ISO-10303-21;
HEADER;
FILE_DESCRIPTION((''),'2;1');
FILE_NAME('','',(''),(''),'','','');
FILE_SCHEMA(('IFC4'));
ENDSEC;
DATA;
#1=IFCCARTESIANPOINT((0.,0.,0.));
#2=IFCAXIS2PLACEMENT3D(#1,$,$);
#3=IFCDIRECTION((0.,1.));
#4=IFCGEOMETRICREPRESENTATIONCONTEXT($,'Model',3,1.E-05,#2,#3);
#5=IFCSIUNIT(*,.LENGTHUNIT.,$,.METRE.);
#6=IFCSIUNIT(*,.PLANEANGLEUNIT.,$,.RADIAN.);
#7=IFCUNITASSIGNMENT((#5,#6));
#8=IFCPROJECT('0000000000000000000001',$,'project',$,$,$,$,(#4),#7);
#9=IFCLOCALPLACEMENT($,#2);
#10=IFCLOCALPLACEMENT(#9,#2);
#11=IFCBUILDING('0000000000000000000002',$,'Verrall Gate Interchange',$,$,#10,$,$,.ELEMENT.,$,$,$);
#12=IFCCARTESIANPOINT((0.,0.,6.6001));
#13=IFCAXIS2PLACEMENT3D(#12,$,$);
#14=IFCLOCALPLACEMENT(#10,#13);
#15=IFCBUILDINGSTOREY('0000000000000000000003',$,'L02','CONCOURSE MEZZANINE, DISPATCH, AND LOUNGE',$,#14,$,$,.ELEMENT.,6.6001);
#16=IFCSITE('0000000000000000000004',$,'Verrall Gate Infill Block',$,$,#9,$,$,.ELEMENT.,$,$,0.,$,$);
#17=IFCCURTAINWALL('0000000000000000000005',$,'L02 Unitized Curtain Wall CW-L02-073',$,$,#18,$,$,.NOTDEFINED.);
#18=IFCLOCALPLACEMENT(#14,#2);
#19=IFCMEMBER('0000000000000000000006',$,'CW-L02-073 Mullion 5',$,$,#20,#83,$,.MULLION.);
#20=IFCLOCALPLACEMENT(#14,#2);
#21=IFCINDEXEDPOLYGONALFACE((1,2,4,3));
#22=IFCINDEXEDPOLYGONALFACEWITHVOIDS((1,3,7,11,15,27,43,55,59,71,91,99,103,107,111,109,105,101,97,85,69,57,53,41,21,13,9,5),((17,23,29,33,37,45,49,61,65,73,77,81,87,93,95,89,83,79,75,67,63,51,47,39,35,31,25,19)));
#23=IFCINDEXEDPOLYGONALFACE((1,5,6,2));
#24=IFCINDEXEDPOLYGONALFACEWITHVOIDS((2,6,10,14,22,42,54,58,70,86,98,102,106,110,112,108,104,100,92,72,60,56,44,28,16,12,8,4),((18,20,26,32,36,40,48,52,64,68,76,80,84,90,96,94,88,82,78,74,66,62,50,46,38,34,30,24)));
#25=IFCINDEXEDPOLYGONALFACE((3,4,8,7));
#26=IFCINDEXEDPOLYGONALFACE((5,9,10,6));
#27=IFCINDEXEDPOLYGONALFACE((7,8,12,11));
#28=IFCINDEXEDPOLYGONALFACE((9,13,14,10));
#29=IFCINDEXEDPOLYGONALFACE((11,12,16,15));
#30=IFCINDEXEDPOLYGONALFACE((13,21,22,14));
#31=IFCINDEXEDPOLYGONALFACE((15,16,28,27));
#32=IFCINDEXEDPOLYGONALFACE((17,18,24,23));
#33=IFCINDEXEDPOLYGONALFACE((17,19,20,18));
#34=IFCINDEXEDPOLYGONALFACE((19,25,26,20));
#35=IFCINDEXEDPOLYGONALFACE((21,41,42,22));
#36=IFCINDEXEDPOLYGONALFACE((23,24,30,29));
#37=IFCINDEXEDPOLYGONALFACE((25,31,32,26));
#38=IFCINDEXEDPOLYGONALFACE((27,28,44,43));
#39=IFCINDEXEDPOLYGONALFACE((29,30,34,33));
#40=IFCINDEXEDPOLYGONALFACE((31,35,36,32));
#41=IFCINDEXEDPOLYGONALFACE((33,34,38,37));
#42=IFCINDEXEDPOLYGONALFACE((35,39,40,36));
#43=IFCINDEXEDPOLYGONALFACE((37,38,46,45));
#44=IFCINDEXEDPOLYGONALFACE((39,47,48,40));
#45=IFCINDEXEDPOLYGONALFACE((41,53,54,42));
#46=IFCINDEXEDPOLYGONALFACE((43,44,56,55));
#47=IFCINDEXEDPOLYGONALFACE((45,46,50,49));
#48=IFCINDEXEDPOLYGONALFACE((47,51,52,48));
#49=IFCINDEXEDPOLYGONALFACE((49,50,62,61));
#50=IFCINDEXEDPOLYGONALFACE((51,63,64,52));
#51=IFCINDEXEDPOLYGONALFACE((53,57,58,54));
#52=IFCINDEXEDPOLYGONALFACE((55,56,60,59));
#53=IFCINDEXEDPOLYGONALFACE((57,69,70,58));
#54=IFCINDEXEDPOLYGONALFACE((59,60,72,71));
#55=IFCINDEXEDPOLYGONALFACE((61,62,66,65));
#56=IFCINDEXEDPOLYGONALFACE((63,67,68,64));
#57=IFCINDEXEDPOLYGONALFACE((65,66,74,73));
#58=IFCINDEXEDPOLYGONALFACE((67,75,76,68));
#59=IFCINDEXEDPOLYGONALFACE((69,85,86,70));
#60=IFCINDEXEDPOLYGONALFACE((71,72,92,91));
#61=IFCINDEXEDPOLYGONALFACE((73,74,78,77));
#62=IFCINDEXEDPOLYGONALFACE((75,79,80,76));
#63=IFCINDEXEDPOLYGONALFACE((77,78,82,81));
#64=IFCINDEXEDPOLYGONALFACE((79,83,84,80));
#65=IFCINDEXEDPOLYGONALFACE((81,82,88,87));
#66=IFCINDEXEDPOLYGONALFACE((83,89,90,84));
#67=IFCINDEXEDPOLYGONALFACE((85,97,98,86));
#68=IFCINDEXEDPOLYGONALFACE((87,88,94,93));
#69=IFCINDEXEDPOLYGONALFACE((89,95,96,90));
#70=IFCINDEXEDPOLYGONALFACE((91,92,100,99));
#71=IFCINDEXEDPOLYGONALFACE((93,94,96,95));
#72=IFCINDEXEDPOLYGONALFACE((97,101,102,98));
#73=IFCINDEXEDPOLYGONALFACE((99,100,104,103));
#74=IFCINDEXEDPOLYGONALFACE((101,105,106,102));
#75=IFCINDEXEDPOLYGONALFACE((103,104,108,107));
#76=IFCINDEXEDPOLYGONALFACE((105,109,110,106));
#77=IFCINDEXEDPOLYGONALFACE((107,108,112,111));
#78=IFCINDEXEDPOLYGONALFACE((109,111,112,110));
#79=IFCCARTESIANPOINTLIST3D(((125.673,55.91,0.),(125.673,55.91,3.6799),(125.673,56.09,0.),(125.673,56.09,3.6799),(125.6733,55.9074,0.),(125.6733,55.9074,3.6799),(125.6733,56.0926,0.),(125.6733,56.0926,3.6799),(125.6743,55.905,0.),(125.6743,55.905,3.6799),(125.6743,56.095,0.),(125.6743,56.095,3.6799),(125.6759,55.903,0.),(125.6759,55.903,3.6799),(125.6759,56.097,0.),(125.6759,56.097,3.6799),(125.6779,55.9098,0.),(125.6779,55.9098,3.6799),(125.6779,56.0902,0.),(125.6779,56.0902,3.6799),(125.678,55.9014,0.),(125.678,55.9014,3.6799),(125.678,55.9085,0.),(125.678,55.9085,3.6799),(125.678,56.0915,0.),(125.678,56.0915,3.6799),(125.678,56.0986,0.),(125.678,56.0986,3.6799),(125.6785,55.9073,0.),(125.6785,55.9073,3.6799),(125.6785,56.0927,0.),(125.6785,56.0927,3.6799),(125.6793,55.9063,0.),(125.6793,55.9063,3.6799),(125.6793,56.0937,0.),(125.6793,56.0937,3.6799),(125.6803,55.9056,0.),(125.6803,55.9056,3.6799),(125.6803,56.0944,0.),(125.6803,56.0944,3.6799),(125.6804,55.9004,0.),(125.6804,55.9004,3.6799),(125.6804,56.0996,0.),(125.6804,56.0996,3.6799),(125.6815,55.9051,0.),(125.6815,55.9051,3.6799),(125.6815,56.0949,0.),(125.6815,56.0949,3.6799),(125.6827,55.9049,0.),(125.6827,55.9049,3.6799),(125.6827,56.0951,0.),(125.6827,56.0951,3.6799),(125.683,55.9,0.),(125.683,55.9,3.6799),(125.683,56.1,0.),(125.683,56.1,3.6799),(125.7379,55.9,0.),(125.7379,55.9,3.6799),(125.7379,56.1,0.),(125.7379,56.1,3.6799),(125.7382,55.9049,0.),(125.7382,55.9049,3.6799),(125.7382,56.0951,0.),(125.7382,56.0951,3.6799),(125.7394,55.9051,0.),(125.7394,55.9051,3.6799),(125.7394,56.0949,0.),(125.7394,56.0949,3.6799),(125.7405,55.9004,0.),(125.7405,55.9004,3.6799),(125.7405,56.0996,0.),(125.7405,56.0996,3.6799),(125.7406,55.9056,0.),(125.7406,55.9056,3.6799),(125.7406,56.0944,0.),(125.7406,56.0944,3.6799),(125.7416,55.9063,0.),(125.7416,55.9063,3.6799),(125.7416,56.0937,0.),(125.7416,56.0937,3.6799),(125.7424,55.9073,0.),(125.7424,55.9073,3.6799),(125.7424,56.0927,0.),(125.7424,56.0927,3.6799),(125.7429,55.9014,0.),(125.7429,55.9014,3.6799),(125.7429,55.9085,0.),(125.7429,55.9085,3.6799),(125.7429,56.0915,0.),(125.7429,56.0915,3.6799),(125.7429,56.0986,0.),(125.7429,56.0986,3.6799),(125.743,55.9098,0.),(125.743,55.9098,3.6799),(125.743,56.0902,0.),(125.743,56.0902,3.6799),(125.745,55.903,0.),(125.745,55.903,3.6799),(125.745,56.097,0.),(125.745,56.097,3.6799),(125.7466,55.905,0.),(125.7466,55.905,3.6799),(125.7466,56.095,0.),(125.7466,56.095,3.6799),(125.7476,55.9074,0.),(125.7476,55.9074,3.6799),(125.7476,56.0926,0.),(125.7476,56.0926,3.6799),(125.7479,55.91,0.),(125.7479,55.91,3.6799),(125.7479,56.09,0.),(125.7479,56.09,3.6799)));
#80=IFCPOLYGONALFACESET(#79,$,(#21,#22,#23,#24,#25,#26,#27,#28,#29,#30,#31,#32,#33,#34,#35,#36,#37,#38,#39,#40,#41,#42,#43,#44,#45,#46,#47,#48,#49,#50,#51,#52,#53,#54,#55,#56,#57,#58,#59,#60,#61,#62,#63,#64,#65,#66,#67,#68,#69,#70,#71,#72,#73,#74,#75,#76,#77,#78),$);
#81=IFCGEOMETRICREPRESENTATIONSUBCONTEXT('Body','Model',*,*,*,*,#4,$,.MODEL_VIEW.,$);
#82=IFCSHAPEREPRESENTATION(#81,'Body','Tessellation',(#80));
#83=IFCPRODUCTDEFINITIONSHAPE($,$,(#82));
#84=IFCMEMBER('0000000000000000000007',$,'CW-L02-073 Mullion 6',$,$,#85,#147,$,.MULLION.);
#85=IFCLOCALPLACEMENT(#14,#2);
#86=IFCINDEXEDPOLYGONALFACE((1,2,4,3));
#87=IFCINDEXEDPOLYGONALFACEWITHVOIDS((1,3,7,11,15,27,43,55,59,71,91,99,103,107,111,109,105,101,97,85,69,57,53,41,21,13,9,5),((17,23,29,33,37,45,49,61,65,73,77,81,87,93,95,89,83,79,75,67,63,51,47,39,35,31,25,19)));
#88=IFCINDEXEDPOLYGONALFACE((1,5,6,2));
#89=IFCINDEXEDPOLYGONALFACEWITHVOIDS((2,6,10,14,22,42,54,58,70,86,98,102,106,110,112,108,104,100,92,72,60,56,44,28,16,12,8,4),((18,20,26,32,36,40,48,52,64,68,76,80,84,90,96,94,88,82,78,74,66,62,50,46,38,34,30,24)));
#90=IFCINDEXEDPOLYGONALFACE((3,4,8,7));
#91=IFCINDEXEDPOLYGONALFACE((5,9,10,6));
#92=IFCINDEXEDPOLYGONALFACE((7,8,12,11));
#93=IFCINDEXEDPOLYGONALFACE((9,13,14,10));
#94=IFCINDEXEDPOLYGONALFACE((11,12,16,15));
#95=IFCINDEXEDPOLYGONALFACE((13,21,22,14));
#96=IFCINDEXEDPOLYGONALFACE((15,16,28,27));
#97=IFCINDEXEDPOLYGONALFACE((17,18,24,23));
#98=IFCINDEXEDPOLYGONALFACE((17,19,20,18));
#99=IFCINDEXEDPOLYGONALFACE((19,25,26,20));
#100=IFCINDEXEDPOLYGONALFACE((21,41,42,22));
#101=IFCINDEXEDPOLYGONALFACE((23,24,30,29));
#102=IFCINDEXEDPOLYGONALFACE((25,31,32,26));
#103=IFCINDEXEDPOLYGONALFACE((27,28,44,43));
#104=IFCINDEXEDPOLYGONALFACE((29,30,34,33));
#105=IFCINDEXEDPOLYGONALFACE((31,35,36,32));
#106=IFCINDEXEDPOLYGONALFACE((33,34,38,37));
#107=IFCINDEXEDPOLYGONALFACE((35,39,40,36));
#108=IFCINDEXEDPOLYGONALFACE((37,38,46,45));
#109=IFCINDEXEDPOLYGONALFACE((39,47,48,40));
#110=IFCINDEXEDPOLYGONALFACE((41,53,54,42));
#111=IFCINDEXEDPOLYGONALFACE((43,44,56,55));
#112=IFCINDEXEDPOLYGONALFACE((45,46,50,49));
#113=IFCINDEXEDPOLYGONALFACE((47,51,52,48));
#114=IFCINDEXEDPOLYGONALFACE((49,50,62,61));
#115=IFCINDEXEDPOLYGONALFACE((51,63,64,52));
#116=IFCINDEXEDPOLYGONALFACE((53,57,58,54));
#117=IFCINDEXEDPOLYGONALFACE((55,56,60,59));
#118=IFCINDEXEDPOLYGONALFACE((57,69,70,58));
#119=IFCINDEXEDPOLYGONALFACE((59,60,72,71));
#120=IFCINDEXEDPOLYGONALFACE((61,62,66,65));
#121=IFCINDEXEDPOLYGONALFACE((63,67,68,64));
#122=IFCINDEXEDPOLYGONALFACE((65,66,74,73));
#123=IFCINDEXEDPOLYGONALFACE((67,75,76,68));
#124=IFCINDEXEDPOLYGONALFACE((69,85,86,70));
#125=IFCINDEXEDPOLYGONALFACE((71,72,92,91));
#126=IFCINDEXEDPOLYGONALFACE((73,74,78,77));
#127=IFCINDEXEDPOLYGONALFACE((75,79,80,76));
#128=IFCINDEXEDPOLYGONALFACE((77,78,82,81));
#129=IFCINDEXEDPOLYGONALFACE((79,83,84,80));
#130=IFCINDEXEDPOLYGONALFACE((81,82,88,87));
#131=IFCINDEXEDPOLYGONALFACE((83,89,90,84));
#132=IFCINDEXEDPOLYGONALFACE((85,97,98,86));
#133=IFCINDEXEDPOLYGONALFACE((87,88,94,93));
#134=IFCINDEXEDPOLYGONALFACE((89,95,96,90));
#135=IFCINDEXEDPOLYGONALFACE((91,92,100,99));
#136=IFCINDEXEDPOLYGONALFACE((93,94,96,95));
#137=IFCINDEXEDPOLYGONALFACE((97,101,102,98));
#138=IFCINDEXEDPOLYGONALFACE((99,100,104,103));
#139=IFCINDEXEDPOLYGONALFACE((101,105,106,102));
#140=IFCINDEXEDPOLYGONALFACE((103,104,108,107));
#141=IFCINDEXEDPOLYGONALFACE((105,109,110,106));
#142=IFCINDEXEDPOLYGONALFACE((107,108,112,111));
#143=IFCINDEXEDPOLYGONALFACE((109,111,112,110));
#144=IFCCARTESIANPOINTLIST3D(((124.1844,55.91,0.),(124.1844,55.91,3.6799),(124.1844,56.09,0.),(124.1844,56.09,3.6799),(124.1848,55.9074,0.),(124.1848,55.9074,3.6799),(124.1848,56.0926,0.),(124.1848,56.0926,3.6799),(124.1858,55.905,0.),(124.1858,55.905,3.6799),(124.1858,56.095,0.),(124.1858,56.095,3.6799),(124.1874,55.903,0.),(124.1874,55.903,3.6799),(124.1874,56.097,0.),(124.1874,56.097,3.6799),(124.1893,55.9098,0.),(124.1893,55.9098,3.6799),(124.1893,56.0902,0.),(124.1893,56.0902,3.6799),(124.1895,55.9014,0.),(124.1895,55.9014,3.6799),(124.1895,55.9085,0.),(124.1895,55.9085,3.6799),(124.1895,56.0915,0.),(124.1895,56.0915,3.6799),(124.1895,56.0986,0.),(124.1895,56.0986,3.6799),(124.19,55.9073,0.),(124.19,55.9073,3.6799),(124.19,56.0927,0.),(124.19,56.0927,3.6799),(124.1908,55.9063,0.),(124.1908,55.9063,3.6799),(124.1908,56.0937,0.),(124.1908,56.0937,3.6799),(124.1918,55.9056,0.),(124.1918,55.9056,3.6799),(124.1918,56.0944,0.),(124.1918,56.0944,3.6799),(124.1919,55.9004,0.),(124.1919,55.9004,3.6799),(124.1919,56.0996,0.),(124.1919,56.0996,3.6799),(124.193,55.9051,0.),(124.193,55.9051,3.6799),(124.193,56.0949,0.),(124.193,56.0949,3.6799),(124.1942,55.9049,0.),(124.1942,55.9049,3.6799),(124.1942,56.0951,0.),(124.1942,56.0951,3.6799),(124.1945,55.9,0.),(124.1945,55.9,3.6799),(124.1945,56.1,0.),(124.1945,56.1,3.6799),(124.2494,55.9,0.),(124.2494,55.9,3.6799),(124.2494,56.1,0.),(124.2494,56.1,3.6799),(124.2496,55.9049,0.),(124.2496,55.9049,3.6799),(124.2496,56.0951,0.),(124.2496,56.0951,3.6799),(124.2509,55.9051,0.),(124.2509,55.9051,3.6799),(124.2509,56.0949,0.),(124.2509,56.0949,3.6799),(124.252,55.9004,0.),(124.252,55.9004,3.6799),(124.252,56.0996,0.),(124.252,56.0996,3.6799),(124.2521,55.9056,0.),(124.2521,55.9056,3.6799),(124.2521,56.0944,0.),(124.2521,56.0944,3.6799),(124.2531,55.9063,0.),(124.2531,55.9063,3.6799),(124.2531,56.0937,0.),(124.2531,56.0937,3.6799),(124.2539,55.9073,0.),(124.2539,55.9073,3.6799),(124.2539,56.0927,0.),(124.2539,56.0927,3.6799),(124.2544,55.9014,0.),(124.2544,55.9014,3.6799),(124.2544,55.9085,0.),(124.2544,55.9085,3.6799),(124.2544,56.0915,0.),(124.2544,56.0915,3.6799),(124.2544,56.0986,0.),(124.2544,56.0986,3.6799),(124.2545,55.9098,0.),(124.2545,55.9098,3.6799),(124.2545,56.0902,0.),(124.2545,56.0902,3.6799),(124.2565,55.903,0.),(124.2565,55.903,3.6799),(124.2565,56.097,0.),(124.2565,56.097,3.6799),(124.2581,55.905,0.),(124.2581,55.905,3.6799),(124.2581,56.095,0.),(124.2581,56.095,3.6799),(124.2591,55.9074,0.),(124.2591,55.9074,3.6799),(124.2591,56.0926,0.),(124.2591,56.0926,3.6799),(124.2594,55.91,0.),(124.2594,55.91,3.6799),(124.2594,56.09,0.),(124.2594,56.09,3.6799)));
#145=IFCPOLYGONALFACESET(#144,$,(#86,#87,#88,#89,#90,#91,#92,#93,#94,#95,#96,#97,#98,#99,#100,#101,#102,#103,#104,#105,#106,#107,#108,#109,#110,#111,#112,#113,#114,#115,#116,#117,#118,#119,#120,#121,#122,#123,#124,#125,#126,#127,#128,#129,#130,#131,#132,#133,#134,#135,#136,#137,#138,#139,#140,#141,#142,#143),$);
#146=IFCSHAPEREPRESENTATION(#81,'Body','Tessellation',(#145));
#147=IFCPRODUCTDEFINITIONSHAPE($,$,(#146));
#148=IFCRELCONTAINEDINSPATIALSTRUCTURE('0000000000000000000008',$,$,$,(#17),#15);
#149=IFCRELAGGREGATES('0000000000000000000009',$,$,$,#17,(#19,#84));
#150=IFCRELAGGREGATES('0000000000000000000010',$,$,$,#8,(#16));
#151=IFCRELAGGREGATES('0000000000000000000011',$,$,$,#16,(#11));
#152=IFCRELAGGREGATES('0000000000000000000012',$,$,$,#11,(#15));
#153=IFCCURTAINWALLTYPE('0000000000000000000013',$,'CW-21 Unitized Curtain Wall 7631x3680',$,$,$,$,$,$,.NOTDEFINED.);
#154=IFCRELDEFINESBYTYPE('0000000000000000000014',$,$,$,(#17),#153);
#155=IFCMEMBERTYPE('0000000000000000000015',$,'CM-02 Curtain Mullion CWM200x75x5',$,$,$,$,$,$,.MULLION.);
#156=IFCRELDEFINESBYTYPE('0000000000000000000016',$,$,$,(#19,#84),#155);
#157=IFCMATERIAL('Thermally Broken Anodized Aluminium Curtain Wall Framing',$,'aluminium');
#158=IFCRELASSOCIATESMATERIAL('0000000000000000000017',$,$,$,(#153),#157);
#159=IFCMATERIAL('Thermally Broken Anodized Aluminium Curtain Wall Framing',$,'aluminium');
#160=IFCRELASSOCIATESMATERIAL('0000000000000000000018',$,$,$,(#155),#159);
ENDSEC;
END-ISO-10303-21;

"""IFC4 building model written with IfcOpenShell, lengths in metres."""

from ifc_helpers import new_model, si_unit, direction, frame, origin, origin_2d, place, context, subcontext, project, spatial, hollow_rectangle, extrude, material, material_profile, profile_set, type_object, element, aggregate, save


model = new_model("IFC4")

# Units and contexts
model_context = context("Model", 3, precision=1e-05, world=origin(), true_north=direction((0.0, 1.0)))
body_context = subcontext(model_context, "Body", "Model", "MODEL_VIEW")
ifc_project = project(units=[si_unit("LENGTHUNIT", "METRE"), si_unit("PLANEANGLEUNIT", "RADIAN")], contexts=[model_context])

# Site, building, storey
site_placement = place(None, origin())
site = spatial("IfcSite", under=ifc_project, at=site_placement, Name="Verrall Gate Infill Block", CompositionType="ELEMENT", RefElevation=0.0)
building_placement = place(site_placement, origin())
building = spatial("IfcBuilding", under=site, at=building_placement, Name="Verrall Gate Interchange", CompositionType="ELEMENT")
storey_placement = place(building_placement, frame((0.0, 0.0, 6.6001)))
storey = spatial("IfcBuildingStorey", under=building, at=storey_placement, Name="L02", Description="CONCOURSE MEZZANINE, DISPATCH, AND LOUNGE", CompositionType="ELEMENT", Elevation=6.6001)

# Curtain wall, members
ifc_material_1 = material(Name="Thermally Broken Anodized Aluminium Curtain Wall Framing", Category="aluminium")
curtain_wall_type = type_object("IfcCurtainWallType", Name="CW-21 Unitized Curtain Wall 7631x3680", PredefinedType="NOTDEFINED", material=ifc_material_1)
curtain_wall_1_placement = place(storey_placement, origin())
curtain_wall_1 = element("IfcCurtainWall", 1, at=curtain_wall_1_placement, inside=storey, type_object=curtain_wall_type, Name="L02 Unitized Curtain Wall CW-L02-073", PredefinedType="NOTDEFINED")
ifc_material_2 = material(Name="Thermally Broken Anodized Aluminium Curtain Wall Framing", Category="aluminium")
ifc_material_profile_1 = material_profile(ifc_material_2, hollow_rectangle(XDim=0.075, YDim=0.2, WallThickness=0.0049, InnerFilletRadius=0.0049, OuterFilletRadius=0.01, at=origin_2d()), Name="CWM200x75x5")
ifc_profile_set_1 = profile_set([ifc_material_profile_1], Name="Thermally Broken Anodized Aluminium Curtain Wall Framing")
member_type_1 = type_object("IfcMemberType", Name="CM-02 Curtain Mullion CWM200x75x5", PredefinedType="MULLION", material=ifc_profile_set_1)
member_1_placement = place(storey_placement, frame((125.7104, 56.0, 0.0), z_axis=(0.0, 0.0, 1.0), x_axis=(-1.0, 0.0, 0.0)))
member_1 = element("IfcMember", 2, at=member_1_placement, type_object=member_type_1, Name="CW-L02-073 Mullion 5", PredefinedType="MULLION", context=body_context, shape_type="SweptSolid", body=[
    extrude(hollow_rectangle(XDim=0.075, YDim=0.2, WallThickness=0.0049, InnerFilletRadius=0.0049, OuterFilletRadius=0.01, at=origin_2d()), origin(), (0.0, 0.0, 1.0), 3.6799),
])
member_2_placement = place(storey_placement, frame((124.2219, 56.0, 0.0), z_axis=(0.0, 0.0, 1.0), x_axis=(-1.0, 0.0, 0.0)))
member_2 = element("IfcMember", 3, at=member_2_placement, type_object=member_type_1, Name="CW-L02-073 Mullion 6", PredefinedType="MULLION", context=body_context, shape_type="SweptSolid", body=[
    extrude(hollow_rectangle(XDim=0.075, YDim=0.2, WallThickness=0.0049, InnerFilletRadius=0.0049, OuterFilletRadius=0.01, at=origin_2d()), origin(), (0.0, 0.0, 1.0), 3.6799),
])

aggregate(curtain_wall_1, [member_1, member_2])

save(model, "model.ifc")
